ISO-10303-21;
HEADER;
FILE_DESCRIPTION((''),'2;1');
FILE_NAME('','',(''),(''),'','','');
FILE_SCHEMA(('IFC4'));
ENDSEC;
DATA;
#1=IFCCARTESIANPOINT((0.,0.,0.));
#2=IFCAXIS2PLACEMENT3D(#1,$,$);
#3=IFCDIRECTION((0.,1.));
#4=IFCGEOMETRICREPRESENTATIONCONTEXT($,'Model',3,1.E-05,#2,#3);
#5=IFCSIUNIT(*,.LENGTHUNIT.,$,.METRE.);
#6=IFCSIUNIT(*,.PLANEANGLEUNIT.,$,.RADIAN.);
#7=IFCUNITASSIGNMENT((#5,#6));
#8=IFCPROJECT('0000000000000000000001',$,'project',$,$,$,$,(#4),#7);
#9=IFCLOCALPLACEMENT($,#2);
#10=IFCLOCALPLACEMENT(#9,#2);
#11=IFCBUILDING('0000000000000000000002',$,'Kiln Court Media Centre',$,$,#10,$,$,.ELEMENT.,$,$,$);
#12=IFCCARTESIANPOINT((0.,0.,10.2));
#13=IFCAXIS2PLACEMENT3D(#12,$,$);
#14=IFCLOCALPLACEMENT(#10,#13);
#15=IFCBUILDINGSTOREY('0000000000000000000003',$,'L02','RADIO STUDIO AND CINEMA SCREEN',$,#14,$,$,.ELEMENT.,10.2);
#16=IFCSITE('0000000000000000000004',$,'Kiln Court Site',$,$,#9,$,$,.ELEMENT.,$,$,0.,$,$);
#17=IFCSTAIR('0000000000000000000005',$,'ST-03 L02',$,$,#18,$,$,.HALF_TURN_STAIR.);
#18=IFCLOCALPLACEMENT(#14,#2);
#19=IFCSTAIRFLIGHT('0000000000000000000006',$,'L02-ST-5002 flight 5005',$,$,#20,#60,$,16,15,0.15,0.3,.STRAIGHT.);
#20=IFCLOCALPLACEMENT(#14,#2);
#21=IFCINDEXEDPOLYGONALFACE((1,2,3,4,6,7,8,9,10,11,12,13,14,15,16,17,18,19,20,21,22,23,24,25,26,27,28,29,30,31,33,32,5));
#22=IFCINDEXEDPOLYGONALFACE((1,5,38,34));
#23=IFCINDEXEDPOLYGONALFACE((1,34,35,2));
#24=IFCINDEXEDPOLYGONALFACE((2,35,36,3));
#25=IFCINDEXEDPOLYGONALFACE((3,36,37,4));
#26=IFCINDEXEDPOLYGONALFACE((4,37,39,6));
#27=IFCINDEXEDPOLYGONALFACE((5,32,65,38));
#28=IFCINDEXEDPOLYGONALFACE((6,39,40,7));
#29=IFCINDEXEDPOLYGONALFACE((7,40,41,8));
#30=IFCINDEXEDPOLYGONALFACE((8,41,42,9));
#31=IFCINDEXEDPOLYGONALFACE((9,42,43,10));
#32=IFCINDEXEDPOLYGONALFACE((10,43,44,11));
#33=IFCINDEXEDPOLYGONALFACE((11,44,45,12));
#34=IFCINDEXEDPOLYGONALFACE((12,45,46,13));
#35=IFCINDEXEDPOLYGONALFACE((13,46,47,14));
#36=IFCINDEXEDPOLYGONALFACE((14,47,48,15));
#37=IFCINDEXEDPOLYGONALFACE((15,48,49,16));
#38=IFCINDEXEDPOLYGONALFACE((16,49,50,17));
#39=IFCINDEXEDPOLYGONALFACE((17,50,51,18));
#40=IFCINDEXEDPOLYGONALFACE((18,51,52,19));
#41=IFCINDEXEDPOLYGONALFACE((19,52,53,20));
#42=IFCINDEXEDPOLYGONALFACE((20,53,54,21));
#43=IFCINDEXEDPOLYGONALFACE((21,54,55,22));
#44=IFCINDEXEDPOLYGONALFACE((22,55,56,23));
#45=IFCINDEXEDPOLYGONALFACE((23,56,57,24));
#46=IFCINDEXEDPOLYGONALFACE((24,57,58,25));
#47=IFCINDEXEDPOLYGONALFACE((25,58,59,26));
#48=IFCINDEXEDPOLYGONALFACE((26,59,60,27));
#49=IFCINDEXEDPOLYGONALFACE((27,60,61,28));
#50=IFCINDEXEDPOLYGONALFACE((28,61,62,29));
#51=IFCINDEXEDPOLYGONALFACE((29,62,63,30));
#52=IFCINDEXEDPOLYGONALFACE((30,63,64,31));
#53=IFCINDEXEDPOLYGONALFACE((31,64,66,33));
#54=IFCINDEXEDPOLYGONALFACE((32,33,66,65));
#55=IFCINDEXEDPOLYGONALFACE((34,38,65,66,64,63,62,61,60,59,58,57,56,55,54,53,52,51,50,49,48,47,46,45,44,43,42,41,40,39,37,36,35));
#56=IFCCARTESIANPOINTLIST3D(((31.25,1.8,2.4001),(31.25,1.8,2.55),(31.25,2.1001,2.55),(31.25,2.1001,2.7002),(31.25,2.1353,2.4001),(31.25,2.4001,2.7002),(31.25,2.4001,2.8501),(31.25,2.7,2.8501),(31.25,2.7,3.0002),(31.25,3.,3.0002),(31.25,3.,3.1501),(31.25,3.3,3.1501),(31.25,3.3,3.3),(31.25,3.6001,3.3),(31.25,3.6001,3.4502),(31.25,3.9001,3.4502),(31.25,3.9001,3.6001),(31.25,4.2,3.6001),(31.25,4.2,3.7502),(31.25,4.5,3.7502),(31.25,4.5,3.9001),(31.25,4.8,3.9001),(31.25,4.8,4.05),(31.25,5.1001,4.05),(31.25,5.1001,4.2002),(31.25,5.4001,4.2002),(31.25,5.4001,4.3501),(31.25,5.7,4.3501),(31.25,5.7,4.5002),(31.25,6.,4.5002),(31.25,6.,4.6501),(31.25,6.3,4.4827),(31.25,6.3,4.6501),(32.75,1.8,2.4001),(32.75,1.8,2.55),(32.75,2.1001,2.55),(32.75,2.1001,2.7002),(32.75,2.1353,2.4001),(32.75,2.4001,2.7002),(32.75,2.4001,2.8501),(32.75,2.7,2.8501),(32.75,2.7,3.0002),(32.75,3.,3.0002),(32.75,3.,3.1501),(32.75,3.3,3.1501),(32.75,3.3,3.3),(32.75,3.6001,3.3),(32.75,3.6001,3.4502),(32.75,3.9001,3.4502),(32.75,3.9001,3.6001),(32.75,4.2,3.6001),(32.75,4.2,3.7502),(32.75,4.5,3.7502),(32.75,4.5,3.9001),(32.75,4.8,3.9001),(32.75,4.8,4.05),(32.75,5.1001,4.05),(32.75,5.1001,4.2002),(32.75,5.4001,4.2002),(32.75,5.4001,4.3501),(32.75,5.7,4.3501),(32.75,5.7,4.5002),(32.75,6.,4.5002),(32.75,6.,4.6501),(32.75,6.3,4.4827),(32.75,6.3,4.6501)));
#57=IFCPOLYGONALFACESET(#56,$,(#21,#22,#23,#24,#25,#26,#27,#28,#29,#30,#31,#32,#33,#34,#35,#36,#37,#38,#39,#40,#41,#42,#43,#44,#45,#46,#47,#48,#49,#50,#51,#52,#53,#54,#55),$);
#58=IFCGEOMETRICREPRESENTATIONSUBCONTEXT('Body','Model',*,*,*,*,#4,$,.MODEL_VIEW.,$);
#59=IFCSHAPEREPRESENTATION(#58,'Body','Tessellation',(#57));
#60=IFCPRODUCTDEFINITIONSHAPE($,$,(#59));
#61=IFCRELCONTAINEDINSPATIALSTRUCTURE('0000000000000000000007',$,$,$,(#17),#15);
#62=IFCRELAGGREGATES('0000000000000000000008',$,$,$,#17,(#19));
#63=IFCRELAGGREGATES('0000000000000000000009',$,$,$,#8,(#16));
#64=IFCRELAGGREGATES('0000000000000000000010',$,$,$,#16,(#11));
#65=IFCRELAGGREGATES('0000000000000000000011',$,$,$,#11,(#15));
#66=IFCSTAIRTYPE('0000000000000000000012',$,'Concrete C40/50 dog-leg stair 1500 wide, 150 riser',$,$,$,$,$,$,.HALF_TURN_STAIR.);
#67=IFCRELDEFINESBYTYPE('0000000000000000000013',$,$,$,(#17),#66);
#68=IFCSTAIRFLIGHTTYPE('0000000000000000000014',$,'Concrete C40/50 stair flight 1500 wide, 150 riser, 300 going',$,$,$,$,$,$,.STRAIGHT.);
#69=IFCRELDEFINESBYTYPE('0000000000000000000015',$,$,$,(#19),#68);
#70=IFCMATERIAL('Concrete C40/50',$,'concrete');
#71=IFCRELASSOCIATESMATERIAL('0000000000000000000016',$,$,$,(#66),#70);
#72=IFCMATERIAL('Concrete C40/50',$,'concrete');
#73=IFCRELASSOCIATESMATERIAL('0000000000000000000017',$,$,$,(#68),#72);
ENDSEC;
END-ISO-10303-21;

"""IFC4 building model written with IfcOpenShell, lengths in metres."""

from ifc_helpers import new_model, si_unit, direction, frame, origin, place, context, subcontext, project, spatial, polyline, outline, extrude, material, type_object, element, aggregate, save


model = new_model("IFC4")

# Units and contexts
model_context = context("Model", 3, precision=1e-05, world=origin(), true_north=direction((0.0, 1.0)))
body_context = subcontext(model_context, "Body", "Model", "MODEL_VIEW")
ifc_project = project(units=[si_unit("LENGTHUNIT", "METRE"), si_unit("PLANEANGLEUNIT", "RADIAN")], contexts=[model_context])

# Site, building, storey
site_placement = place(None, origin())
site = spatial("IfcSite", under=ifc_project, at=site_placement, Name="Kiln Court Site", CompositionType="ELEMENT", RefElevation=0.0)
building_placement = place(site_placement, origin())
building = spatial("IfcBuilding", under=site, at=building_placement, Name="Kiln Court Media Centre", CompositionType="ELEMENT")
storey_placement = place(building_placement, frame((0.0, 0.0, 10.2)))
storey = spatial("IfcBuildingStorey", under=building, at=storey_placement, Name="L02", Description="RADIO STUDIO AND CINEMA SCREEN", CompositionType="ELEMENT", Elevation=10.2)

# Stair, stair flight
ifc_material_1 = material(Name="Concrete C40/50", Category="concrete")
stair_type = type_object("IfcStairType", Name="Concrete C40/50 dog-leg stair 1500 wide, 150 riser", PredefinedType="HALF_TURN_STAIR", material=ifc_material_1)
stair_placement = place(storey_placement, origin())
stair = element("IfcStair", 1, at=stair_placement, inside=storey, type_object=stair_type, Name="ST-03 L02", PredefinedType="HALF_TURN_STAIR")
ifc_material_2 = material(Name="Concrete C40/50", Category="concrete")
stair_flight_type = type_object("IfcStairFlightType", Name="Concrete C40/50 stair flight 1500 wide, 150 riser, 300 going", PredefinedType="STRAIGHT", material=ifc_material_2)
stair_flight_1_placement = place(storey_placement, frame((32.0, 1.8, 2.4001), z_axis=(0.0, 0.0, 1.0), x_axis=(0.0, 1.0, 0.0)))
stair_flight_1 = element("IfcStairFlight", 2, at=stair_flight_1_placement, type_object=stair_flight_type, Name="L02-ST-5002 flight 5005", NumberOfRisers=16, NumberOfTreads=15, PredefinedType="STRAIGHT", RiserHeight=0.15, TreadLength=0.3, context=body_context, shape_type="SweptSolid", body=[
    extrude(outline(polyline([(0.0, 0.0), (0.0, 0.1499), (0.3, 0.1499), (0.3, 0.3), (0.6001, 0.3), (0.6001, 0.45), (0.8999, 0.45), (0.8999, 0.6001), (1.2, 0.6001), (1.2, 0.75), (1.5, 0.75), (1.5, 0.8999), (1.8, 0.8999), (1.8, 1.05), (2.1001, 1.05), (2.1001, 1.2), (2.3999, 1.2), (2.3999, 1.3501), (2.7, 1.3501), (2.7, 1.5), (3.0, 1.5), (3.0, 1.6499), (3.3, 1.6499), (3.3, 1.8), (3.6001, 1.8), (3.6001, 1.95), (3.8999, 1.95), (3.8999, 2.1001), (4.2, 2.1001), (4.2, 2.25), (4.5, 2.25), (4.5, 2.3999), (4.5, 2.0825), (0.3352, 0.0), (0.0, 0.0)])), frame((0.0, 0.75, 0.0), z_axis=(0.0, -1.0, 0.0), x_axis=(1.0, 0.0, 0.0)), (0.0, 0.0, 1.0), 1.5),
])
aggregate(stair, [stair_flight_1])

save(model, "model.ifc")
